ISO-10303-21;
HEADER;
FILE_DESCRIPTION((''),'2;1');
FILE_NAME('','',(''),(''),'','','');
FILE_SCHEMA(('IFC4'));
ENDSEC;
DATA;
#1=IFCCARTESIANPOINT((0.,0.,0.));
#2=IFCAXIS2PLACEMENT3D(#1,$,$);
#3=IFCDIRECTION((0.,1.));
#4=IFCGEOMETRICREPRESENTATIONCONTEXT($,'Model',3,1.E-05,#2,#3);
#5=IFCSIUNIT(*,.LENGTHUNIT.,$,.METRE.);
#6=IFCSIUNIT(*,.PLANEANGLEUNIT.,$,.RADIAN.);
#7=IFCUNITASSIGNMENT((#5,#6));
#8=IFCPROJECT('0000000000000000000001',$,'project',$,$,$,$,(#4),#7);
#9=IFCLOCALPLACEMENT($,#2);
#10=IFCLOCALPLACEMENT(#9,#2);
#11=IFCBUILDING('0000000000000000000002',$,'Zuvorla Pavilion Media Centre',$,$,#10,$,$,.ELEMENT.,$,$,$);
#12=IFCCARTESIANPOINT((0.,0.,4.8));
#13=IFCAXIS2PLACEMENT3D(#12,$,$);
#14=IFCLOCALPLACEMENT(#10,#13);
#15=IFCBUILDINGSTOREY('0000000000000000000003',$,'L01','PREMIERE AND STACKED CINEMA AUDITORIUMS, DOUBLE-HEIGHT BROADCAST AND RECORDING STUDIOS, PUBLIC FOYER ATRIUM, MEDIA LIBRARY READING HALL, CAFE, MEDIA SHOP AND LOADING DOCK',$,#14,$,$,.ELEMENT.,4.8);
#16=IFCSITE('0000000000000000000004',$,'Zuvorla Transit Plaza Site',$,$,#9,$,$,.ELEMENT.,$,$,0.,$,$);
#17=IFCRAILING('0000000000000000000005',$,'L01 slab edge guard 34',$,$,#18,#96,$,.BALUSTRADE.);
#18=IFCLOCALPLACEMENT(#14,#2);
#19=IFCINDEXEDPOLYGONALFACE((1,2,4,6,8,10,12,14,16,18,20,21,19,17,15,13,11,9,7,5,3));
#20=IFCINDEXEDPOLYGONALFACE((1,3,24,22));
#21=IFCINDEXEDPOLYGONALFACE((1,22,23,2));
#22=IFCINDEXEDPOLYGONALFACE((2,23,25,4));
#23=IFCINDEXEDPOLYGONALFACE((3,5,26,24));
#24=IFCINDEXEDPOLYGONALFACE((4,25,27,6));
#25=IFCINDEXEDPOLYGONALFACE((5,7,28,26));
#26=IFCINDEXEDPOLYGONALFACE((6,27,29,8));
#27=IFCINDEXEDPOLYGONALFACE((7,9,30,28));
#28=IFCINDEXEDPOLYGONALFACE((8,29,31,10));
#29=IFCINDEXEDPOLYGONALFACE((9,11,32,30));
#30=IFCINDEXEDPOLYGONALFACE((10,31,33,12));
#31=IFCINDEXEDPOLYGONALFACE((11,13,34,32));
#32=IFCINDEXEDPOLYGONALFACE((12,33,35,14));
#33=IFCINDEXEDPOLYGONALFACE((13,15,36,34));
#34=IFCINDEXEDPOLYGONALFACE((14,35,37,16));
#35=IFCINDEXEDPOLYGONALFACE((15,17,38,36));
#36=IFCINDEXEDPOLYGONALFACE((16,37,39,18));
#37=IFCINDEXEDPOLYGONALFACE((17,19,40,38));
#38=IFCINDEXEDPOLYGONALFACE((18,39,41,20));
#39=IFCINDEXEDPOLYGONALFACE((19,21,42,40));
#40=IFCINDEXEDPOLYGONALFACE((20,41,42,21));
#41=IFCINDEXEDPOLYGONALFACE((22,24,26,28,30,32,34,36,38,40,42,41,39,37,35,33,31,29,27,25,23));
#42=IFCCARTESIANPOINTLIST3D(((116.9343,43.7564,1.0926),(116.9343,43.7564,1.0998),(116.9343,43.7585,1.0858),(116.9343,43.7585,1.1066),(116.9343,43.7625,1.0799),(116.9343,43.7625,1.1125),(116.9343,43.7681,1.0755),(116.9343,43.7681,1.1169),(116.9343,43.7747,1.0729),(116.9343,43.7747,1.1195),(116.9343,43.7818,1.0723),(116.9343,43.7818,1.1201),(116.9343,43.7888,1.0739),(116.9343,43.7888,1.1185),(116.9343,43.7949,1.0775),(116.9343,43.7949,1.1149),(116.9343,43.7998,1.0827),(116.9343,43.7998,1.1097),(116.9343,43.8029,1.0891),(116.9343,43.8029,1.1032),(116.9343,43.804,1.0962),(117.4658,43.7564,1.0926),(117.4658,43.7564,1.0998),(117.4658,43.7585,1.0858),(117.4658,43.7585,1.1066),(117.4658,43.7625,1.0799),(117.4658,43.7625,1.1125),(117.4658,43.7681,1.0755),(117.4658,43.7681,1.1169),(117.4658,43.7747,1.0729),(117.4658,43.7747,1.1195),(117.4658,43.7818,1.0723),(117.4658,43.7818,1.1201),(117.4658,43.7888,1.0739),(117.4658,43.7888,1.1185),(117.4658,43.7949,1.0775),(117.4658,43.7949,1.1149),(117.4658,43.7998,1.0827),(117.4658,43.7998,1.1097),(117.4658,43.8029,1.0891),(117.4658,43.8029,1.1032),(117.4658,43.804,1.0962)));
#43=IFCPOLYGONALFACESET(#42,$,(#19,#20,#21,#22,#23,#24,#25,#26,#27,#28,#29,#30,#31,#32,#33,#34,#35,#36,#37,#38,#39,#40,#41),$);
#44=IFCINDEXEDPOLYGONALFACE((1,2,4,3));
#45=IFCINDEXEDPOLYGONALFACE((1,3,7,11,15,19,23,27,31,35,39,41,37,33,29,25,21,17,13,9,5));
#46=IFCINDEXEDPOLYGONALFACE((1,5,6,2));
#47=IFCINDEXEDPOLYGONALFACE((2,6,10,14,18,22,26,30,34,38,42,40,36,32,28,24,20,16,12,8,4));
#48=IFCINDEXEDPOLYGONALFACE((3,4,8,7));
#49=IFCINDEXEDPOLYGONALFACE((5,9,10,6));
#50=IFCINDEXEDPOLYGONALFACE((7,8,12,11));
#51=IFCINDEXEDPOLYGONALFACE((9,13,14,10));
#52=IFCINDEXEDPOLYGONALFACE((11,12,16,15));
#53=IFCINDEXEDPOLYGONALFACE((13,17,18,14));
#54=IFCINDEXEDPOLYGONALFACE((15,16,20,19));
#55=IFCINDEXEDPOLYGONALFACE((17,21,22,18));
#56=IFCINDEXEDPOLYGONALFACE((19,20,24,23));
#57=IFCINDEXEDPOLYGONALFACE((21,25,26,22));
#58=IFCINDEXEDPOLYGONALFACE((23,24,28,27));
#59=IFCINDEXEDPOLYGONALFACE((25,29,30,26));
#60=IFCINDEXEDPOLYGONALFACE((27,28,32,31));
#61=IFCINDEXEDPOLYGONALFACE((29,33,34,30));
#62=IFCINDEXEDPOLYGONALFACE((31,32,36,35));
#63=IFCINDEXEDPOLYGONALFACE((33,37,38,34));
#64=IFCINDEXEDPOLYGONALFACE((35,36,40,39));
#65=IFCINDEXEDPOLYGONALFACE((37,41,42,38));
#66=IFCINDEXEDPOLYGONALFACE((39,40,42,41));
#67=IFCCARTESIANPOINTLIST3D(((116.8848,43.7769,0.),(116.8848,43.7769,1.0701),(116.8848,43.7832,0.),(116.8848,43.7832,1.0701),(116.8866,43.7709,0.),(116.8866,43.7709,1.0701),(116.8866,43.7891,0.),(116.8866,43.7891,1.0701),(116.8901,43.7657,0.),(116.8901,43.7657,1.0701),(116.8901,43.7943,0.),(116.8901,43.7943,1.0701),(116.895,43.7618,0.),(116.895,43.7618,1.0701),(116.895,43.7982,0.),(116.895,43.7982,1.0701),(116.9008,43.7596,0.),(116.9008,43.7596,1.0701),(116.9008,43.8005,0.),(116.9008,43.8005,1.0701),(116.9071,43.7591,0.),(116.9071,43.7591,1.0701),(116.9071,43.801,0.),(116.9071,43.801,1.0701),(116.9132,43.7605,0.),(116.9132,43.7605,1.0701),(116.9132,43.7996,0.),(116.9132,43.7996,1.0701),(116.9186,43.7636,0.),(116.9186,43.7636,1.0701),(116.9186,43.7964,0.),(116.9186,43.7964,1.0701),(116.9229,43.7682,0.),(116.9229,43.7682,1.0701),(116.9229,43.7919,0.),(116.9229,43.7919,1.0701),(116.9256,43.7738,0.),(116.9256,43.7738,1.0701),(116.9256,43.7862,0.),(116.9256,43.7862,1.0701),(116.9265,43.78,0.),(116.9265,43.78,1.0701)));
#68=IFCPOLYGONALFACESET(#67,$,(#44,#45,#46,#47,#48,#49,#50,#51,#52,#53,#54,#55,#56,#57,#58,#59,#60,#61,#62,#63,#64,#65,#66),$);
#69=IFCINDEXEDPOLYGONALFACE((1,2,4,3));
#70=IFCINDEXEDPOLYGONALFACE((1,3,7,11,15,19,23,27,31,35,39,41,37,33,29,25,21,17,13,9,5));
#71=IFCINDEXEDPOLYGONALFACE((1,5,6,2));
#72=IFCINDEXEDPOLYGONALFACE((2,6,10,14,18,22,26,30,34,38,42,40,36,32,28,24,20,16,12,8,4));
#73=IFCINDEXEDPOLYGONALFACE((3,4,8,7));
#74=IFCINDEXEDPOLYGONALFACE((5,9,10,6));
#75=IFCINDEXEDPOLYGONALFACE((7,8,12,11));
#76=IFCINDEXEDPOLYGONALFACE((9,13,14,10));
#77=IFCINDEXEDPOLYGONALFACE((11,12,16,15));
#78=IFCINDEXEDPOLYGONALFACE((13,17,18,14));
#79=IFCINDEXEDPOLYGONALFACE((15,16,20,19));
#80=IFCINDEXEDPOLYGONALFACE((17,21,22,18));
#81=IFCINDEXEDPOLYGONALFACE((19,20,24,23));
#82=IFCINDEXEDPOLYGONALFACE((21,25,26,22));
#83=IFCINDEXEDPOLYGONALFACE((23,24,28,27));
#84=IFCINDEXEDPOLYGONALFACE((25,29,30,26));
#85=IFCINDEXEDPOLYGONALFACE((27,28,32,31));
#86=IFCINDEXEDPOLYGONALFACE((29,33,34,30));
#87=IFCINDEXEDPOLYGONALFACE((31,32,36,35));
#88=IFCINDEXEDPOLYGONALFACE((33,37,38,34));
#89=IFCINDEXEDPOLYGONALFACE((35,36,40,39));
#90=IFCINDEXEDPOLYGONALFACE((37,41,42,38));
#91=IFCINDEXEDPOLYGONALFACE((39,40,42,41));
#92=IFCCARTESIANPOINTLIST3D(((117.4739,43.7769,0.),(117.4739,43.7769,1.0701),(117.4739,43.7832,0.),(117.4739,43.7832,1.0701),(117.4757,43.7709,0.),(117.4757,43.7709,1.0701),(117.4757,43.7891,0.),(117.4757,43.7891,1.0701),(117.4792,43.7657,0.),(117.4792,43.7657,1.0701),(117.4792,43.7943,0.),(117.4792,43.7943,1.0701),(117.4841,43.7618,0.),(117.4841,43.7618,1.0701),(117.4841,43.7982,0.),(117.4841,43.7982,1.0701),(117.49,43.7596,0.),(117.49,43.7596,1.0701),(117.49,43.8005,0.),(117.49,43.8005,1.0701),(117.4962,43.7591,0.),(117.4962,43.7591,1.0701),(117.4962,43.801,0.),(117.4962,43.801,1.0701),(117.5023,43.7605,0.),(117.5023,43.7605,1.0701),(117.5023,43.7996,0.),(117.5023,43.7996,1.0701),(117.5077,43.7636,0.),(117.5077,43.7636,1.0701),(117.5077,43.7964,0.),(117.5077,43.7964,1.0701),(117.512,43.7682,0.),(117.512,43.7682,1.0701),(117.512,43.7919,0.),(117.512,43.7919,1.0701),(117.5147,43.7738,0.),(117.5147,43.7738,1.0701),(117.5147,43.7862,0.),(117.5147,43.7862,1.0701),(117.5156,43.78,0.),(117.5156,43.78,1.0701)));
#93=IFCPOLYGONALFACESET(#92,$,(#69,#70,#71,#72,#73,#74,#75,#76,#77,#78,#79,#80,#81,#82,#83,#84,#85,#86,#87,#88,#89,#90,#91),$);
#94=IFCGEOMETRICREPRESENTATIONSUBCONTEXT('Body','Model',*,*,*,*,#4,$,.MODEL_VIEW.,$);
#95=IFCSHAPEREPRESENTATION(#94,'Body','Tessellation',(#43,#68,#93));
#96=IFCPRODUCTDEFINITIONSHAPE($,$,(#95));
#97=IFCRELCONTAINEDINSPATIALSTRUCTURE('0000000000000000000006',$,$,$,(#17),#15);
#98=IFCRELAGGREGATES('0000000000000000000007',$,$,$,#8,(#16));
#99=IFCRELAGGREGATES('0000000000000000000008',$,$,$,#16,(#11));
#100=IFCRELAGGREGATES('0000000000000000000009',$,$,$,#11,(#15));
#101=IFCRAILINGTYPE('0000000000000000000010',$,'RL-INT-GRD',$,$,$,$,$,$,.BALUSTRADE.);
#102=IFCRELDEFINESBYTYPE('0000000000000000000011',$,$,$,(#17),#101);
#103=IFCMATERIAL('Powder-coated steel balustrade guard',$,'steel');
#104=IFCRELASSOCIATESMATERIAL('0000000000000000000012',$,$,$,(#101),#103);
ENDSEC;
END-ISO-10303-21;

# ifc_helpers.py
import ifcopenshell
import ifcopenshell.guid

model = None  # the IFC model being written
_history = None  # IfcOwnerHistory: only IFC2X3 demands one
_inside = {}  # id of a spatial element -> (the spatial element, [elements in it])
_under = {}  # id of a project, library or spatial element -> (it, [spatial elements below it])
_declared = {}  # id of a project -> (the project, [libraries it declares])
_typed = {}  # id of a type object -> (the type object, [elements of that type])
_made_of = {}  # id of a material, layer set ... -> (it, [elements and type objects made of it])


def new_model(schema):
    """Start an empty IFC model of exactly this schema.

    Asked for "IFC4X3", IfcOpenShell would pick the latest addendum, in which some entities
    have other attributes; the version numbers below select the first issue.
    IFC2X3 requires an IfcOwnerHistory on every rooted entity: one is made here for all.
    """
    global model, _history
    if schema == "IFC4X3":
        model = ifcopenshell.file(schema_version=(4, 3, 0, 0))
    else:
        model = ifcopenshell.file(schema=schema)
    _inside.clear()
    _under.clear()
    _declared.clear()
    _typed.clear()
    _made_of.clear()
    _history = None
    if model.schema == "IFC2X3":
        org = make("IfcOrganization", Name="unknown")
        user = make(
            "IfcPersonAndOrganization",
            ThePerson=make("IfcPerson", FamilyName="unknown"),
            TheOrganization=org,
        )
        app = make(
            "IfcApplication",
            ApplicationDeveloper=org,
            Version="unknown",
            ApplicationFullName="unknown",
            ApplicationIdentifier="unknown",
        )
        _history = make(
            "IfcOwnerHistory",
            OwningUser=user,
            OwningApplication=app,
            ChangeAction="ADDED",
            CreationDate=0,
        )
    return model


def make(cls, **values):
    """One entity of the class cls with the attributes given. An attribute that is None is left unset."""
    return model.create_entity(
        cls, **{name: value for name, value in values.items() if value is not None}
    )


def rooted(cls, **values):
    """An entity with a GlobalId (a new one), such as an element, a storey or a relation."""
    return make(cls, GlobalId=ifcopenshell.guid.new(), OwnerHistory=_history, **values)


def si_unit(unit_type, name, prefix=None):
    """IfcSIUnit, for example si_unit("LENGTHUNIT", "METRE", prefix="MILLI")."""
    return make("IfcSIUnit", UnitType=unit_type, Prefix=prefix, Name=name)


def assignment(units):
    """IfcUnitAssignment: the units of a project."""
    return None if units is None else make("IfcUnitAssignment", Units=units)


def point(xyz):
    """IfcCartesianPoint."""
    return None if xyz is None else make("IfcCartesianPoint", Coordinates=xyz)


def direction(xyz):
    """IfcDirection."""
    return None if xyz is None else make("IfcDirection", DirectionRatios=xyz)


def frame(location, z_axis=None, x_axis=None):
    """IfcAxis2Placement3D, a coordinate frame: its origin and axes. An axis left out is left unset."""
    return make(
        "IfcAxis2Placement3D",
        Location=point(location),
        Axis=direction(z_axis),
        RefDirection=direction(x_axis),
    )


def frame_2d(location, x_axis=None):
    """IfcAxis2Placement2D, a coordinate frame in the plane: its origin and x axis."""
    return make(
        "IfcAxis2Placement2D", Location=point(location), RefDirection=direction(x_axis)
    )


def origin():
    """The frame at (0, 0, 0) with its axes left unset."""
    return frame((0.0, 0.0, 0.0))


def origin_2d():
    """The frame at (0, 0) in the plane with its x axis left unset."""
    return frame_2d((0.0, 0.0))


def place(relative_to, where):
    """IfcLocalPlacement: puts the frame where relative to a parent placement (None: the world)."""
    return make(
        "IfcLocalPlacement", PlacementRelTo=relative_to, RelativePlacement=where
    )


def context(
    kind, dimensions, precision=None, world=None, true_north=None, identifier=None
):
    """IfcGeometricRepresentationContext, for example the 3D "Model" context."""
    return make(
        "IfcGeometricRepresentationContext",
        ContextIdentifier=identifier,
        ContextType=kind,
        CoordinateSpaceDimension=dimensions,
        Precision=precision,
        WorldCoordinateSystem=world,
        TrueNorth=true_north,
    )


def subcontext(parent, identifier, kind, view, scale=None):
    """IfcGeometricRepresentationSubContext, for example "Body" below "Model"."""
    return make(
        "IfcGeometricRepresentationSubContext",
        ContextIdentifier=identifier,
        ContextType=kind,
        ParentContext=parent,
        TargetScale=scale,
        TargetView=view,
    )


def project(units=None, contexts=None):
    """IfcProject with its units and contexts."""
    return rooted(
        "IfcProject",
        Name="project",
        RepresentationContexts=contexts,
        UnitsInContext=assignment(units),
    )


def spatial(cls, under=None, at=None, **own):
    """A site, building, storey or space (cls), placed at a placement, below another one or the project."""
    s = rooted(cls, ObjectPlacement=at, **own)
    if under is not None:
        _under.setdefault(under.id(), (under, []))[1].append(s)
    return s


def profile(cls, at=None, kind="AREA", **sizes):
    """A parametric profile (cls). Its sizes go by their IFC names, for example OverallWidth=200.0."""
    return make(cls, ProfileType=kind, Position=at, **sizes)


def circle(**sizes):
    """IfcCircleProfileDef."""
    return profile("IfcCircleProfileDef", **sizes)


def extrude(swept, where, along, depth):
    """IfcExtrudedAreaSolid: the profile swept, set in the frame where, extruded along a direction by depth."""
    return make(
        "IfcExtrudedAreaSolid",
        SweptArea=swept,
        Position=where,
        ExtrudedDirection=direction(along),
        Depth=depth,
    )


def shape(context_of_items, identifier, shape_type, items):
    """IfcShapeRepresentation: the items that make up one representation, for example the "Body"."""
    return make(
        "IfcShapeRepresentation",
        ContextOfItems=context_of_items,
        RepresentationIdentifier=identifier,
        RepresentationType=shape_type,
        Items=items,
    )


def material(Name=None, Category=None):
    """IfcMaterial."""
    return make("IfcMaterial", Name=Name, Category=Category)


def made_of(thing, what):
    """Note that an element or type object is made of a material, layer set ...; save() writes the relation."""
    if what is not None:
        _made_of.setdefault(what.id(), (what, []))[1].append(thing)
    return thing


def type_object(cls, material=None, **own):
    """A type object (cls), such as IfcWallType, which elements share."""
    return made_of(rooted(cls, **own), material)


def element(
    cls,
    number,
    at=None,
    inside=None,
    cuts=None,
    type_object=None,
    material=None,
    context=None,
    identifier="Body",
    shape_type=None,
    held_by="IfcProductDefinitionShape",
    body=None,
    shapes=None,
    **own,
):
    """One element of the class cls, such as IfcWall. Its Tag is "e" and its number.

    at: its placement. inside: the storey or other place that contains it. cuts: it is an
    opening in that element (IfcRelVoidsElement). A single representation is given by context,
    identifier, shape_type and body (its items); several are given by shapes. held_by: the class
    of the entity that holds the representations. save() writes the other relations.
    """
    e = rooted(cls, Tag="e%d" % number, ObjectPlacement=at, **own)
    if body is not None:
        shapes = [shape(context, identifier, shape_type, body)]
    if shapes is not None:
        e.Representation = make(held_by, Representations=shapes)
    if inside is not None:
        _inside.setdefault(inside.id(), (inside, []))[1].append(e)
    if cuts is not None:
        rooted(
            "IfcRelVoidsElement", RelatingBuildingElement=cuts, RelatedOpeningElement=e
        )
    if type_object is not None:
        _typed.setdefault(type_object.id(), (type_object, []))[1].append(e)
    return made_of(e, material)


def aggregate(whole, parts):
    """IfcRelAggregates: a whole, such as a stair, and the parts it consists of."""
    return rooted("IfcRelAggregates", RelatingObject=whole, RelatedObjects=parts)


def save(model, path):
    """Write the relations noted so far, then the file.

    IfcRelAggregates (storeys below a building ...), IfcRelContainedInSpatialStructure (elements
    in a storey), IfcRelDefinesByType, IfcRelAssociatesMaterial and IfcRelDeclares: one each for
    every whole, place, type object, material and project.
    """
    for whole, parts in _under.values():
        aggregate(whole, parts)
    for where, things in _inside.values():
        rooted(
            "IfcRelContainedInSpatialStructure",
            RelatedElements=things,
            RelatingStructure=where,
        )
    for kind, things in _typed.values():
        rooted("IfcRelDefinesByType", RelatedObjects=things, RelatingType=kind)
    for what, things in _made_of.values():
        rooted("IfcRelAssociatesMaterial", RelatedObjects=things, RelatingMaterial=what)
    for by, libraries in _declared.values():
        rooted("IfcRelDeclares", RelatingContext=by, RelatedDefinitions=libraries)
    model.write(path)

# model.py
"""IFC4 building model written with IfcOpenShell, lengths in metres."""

from ifc_helpers import new_model, si_unit, direction, frame, origin, origin_2d, place, context, subcontext, project, spatial, circle, extrude, material, type_object, element, save


model = new_model("IFC4")

# Units and contexts
model_context = context("Model", 3, precision=1e-05, world=origin(), true_north=direction((0.0, 1.0)))
body_context = subcontext(model_context, "Body", "Model", "MODEL_VIEW")
ifc_project = project(units=[si_unit("LENGTHUNIT", "METRE"), si_unit("PLANEANGLEUNIT", "RADIAN")], contexts=[model_context])

# Site, building, storey
site_placement = place(None, origin())
site = spatial("IfcSite", under=ifc_project, at=site_placement, Name="Zuvorla Transit Plaza Site", CompositionType="ELEMENT", RefElevation=0.0)
building_placement = place(site_placement, origin())
building = spatial("IfcBuilding", under=site, at=building_placement, Name="Zuvorla Pavilion Media Centre", CompositionType="ELEMENT")
storey_placement = place(building_placement, frame((0.0, 0.0, 4.8)))
storey = spatial("IfcBuildingStorey", under=building, at=storey_placement, Name="L01", Description="PREMIERE AND STACKED CINEMA AUDITORIUMS, DOUBLE-HEIGHT BROADCAST AND RECORDING STUDIOS, PUBLIC FOYER ATRIUM, MEDIA LIBRARY READING HALL, CAFE, MEDIA SHOP AND LOADING DOCK", CompositionType="ELEMENT", Elevation=4.8)

# Railing
ifc_material_1 = material(Name="Powder-coated steel balustrade guard", Category="steel")
railing_type = type_object("IfcRailingType", Name="RL-INT-GRD", PredefinedType="BALUSTRADE", material=ifc_material_1)
railing_1_placement = place(storey_placement, frame((116.9055, 43.78, 0.0)))
element("IfcRailing", 1, at=railing_1_placement, inside=storey, type_object=railing_type, Name="L01 slab edge guard 34", PredefinedType="BALUSTRADE", context=body_context, shape_type="SweptSolid", body=[
    extrude(circle(Radius=0.0239, at=origin_2d()), frame((0.0288, 0.0, 1.0962), z_axis=(1.0, 0.0, 0.0), x_axis=(0.0, 1.0, 0.0)), (0.0, 0.0, 1.0), 0.5315),
    extrude(circle(Radius=0.021, at=origin_2d()), origin(), (0.0, 0.0, 1.0), 1.0701),
    extrude(circle(Radius=0.021, at=origin_2d()), frame((0.5891, 0.0, 0.0)), (0.0, 0.0, 1.0), 1.0701),
])

save(model, "model.ifc")
